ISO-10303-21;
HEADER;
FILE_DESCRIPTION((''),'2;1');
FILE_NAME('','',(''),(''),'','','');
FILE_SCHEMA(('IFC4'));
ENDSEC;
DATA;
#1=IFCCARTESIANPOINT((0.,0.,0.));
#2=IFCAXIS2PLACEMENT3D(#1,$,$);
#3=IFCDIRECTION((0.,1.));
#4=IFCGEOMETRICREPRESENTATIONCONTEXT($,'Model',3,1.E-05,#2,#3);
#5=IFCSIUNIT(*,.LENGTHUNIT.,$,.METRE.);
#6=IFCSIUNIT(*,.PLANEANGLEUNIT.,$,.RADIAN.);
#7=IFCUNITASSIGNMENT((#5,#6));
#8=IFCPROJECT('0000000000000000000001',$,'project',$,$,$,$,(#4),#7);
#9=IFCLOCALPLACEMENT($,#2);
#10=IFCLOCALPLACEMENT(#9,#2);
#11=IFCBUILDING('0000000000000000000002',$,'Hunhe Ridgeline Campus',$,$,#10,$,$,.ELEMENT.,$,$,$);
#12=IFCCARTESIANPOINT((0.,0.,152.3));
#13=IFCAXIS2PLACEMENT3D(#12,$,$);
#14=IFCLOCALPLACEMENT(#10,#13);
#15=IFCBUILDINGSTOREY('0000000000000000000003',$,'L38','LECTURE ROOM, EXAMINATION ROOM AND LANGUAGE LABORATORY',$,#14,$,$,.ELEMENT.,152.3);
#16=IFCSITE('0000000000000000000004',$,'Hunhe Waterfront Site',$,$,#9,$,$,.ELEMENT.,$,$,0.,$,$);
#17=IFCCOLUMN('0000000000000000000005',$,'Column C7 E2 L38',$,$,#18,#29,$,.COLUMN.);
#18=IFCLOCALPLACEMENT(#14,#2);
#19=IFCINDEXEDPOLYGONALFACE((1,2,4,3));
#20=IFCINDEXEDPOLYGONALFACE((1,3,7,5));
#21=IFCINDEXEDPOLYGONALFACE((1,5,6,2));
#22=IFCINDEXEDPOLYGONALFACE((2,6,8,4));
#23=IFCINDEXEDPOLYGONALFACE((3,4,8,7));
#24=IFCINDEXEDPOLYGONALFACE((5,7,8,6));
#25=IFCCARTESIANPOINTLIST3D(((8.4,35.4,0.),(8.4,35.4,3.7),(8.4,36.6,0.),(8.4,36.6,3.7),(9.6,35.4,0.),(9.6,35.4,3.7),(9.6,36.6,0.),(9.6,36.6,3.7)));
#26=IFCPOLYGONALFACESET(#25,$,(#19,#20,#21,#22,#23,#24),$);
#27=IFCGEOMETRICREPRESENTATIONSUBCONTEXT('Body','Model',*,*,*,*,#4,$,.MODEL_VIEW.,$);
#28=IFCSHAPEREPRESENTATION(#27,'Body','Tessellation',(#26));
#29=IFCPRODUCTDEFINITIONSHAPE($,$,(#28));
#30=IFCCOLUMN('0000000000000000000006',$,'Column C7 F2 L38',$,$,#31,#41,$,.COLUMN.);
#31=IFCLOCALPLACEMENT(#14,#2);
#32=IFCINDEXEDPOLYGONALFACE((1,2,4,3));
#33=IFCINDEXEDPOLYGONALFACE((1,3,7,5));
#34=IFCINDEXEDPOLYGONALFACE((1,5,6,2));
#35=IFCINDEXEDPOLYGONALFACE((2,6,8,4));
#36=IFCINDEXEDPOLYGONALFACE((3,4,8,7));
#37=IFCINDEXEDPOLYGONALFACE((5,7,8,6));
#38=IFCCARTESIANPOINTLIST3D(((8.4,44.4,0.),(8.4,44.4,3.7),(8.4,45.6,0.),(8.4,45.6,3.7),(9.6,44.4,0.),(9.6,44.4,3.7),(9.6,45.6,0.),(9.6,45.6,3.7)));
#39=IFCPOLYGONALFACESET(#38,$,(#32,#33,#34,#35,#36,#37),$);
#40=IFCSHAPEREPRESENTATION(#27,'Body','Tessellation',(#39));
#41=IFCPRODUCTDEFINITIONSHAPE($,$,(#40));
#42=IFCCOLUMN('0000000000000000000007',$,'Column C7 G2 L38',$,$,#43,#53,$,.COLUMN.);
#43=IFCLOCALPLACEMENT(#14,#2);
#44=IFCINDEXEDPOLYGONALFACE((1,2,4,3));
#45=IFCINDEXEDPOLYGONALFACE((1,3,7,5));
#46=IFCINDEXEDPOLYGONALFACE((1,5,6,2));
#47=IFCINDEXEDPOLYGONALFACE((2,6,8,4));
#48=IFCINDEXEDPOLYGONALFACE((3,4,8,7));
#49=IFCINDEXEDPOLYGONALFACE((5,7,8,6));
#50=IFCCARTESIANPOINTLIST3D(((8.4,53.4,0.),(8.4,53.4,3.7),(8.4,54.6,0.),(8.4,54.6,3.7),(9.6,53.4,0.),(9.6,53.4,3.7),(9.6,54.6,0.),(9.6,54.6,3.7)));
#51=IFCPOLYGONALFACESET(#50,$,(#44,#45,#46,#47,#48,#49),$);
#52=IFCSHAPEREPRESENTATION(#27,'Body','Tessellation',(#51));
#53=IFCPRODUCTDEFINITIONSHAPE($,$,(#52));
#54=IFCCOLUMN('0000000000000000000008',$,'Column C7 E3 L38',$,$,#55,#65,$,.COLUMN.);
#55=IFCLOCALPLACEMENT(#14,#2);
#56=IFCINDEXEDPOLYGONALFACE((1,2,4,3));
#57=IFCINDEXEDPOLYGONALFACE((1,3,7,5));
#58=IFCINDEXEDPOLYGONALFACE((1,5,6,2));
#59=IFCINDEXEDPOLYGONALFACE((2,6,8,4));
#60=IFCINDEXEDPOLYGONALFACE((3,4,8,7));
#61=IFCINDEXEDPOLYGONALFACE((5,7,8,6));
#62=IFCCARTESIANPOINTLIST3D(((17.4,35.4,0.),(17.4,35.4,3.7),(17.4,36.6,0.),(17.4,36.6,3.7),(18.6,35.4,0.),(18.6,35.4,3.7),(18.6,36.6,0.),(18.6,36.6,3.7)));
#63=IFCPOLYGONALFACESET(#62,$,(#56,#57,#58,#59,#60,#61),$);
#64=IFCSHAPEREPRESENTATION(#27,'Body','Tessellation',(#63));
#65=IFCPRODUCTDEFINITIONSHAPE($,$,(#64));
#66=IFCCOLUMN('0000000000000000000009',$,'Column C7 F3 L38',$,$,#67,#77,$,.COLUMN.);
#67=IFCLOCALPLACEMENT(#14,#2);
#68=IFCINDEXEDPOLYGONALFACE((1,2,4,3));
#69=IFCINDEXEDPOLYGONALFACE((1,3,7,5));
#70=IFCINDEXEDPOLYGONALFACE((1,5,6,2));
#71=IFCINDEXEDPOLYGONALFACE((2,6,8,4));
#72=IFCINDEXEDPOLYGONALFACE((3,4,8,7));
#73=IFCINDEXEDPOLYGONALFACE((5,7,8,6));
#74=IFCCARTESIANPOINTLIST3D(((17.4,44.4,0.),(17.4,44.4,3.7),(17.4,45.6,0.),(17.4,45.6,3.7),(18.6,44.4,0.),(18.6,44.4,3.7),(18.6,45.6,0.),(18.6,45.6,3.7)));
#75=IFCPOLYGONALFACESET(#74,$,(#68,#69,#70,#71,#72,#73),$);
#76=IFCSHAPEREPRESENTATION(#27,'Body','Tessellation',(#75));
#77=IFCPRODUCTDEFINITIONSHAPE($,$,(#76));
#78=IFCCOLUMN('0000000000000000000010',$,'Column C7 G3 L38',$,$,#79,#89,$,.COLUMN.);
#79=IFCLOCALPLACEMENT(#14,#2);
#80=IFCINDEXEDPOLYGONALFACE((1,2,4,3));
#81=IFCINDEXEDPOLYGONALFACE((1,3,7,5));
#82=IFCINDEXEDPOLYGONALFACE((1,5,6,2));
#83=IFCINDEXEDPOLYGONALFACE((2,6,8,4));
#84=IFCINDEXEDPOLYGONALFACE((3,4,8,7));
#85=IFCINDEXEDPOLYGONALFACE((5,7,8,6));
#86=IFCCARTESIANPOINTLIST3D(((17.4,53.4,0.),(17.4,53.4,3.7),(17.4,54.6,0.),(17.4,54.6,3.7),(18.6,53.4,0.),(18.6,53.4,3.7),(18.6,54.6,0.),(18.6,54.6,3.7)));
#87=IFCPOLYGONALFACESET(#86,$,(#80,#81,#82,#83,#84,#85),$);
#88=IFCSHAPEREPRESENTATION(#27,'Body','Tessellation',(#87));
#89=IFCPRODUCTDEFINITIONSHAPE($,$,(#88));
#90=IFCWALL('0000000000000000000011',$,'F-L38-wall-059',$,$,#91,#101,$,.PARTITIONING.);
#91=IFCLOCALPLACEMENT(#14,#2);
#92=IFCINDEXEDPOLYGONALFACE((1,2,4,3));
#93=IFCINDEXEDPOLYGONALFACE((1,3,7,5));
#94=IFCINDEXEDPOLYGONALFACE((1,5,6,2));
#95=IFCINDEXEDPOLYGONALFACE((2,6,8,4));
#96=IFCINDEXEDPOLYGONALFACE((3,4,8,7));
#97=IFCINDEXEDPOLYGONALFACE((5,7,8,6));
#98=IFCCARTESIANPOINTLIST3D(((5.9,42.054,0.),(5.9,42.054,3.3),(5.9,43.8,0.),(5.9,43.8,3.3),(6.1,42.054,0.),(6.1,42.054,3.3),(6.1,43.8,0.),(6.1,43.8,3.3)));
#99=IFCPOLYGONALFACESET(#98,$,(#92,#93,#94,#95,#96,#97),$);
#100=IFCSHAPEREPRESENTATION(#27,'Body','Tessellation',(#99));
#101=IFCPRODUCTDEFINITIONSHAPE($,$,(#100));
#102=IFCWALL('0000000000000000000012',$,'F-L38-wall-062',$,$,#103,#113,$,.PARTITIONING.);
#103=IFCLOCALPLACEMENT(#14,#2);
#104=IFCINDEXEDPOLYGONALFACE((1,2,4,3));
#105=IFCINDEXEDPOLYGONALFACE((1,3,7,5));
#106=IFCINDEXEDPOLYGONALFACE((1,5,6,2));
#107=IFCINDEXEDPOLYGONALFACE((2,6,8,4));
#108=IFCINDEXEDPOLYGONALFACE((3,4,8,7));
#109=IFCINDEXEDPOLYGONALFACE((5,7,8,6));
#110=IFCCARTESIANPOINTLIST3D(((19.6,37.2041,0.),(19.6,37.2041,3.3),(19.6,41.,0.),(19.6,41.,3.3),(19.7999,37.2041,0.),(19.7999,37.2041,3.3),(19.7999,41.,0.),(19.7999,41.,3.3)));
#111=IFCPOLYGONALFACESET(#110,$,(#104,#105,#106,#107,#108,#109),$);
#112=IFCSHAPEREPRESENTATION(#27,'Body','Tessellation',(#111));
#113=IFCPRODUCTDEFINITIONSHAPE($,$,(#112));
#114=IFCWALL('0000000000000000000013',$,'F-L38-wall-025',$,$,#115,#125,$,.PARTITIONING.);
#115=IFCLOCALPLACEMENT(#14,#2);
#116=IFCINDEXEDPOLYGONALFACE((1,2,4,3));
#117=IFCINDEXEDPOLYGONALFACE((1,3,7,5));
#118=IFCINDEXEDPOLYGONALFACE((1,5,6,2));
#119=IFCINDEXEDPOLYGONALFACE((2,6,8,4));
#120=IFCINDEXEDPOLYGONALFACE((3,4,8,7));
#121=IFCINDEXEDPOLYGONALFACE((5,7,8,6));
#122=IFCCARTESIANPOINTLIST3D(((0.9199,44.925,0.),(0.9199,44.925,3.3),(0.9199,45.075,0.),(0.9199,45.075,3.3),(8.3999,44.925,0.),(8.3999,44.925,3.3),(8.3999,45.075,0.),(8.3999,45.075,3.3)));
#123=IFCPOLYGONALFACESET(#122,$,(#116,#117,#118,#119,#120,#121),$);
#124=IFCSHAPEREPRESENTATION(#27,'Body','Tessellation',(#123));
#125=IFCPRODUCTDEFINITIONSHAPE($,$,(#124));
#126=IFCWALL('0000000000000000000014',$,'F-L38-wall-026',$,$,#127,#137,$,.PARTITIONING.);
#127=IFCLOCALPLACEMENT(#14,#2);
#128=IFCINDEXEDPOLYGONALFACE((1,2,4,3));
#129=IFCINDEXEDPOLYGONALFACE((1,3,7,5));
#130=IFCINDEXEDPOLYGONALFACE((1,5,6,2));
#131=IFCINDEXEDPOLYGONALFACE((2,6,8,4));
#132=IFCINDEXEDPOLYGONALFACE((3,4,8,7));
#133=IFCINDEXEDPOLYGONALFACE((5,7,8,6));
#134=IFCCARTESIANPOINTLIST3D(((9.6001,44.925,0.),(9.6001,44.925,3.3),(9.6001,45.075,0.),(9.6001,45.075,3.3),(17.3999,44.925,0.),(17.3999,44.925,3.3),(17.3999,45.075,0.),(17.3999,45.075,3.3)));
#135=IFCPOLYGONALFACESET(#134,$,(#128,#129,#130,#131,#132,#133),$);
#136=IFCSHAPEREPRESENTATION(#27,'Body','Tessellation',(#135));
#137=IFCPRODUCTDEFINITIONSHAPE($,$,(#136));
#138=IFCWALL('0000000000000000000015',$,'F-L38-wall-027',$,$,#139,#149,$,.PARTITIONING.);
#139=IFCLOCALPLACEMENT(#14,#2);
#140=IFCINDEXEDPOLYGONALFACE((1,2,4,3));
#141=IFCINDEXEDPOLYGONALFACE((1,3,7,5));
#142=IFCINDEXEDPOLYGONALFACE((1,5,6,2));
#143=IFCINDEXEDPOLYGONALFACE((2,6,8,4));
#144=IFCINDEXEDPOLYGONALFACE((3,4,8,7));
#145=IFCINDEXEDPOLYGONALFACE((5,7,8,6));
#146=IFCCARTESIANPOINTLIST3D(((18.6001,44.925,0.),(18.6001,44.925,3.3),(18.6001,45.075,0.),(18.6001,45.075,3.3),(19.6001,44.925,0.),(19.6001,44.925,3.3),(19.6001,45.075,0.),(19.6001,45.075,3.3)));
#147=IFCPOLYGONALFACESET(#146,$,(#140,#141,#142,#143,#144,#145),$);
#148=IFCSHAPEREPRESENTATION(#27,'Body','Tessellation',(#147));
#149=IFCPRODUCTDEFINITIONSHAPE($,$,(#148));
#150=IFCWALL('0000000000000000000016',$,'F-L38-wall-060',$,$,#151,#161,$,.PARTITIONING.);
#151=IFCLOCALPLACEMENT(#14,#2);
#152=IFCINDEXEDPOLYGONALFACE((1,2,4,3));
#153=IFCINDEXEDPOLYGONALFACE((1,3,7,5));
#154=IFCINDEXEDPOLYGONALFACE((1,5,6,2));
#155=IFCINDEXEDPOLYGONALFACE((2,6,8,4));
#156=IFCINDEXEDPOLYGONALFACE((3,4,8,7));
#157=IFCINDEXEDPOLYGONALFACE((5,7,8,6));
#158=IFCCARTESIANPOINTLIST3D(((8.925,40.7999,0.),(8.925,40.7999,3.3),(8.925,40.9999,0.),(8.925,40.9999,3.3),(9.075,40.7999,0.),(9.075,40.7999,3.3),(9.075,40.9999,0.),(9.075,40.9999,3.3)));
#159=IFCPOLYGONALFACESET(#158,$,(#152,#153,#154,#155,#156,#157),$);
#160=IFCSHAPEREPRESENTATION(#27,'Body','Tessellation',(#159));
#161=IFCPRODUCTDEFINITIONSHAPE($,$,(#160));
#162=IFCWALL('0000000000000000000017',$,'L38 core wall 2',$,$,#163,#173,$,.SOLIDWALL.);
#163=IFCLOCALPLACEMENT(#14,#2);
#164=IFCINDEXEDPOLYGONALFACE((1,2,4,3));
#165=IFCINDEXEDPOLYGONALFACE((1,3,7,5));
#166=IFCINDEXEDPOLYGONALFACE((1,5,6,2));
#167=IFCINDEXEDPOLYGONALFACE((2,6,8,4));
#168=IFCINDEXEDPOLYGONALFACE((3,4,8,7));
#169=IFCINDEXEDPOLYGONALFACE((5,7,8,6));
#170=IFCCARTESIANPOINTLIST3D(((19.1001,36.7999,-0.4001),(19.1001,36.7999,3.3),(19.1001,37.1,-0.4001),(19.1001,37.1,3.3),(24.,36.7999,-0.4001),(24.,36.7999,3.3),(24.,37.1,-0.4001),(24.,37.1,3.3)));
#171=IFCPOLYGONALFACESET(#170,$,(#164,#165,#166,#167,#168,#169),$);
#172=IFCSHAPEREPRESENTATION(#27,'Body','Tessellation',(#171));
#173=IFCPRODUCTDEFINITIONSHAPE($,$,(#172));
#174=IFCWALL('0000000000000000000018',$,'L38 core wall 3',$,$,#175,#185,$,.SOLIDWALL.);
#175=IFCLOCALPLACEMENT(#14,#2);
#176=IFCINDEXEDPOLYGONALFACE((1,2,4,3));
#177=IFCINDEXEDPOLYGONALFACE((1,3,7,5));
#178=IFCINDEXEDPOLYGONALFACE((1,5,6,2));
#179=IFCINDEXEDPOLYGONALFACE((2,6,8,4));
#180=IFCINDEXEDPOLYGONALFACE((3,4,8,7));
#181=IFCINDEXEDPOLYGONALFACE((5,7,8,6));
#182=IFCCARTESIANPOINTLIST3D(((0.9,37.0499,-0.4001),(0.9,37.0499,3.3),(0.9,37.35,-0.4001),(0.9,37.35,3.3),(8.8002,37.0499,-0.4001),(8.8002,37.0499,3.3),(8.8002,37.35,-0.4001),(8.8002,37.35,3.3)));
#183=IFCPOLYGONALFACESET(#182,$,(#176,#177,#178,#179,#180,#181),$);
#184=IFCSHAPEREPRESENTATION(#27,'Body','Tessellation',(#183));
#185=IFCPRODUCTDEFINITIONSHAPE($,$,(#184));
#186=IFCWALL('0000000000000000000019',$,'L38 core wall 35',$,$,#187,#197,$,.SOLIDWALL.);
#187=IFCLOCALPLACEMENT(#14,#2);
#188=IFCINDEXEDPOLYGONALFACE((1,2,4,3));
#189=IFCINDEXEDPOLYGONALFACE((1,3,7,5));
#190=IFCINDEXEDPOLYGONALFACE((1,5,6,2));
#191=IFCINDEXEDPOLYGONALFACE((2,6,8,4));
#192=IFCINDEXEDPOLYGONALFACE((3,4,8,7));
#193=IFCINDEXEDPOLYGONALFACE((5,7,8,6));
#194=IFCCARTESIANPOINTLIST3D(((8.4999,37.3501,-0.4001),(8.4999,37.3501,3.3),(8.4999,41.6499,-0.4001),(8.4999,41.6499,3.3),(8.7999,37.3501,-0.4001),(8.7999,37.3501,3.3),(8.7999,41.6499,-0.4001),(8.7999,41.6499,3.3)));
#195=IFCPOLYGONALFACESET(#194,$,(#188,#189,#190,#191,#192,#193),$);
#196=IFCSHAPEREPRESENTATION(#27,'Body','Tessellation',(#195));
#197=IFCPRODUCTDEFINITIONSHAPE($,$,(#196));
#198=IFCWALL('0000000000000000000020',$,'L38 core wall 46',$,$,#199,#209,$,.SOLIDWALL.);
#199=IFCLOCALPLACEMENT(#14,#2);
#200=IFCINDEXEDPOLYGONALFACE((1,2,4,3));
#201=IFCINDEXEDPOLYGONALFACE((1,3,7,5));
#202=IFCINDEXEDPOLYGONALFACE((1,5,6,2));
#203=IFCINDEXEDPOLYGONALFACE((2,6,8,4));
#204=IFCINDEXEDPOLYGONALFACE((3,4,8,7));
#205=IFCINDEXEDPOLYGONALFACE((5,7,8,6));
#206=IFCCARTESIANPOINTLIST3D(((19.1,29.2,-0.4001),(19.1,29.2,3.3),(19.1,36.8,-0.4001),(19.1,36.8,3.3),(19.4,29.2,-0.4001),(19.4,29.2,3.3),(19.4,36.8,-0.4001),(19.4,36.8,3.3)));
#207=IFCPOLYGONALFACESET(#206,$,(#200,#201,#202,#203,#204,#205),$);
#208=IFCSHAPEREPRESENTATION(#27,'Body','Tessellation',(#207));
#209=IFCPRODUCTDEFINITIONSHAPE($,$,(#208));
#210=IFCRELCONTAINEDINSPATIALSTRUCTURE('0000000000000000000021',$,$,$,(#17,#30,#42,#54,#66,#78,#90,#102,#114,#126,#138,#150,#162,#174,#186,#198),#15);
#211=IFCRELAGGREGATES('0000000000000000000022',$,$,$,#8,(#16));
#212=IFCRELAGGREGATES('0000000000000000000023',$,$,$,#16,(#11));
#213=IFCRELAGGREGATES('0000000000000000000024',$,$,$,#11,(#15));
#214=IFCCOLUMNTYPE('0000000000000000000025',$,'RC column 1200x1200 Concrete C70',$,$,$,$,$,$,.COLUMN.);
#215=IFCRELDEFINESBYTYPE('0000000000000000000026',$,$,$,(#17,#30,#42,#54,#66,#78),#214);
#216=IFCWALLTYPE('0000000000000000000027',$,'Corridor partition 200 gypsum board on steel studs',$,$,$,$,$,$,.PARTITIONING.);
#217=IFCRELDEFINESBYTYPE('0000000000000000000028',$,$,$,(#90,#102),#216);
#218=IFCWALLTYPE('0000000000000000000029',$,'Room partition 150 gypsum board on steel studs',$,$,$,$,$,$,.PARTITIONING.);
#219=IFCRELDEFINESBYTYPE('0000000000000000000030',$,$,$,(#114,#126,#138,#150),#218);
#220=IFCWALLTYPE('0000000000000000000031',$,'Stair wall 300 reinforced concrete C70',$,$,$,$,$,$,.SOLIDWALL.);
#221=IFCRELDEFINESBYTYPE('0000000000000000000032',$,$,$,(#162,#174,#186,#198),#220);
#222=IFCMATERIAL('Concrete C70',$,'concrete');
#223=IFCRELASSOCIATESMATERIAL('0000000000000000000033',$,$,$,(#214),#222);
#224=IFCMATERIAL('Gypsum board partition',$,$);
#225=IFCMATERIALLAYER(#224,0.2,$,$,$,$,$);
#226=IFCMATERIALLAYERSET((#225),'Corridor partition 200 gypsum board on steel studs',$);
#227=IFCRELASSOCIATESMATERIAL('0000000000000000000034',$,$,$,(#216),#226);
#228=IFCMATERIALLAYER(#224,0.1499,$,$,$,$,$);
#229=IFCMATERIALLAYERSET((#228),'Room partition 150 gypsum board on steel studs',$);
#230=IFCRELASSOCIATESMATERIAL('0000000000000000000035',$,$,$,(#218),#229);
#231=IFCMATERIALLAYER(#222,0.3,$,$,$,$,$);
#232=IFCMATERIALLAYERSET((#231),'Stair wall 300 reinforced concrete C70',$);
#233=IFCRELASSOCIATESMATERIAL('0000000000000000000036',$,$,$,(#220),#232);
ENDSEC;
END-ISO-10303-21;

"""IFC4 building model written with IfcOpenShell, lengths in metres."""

from ifc_helpers import new_model, si_unit, direction, frame, frame_2d, origin, origin_2d, place, context, subcontext, project, spatial, rectangle, extrude, material, layer, layer_set, material_profile, profile_set, type_object, element, save


model = new_model("IFC4")

# Units and contexts
model_context = context("Model", 3, precision=1e-05, world=origin(), true_north=direction((0.0, 1.0)))
body_context = subcontext(model_context, "Body", "Model", "MODEL_VIEW")
ifc_project = project(units=[si_unit("LENGTHUNIT", "METRE"), si_unit("PLANEANGLEUNIT", "RADIAN")], contexts=[model_context])

# Site, building, storey
site_placement = place(None, origin())
site = spatial("IfcSite", under=ifc_project, at=site_placement, Name="Hunhe Waterfront Site", CompositionType="ELEMENT", RefElevation=0.0)
building_placement = place(site_placement, origin())
building = spatial("IfcBuilding", under=site, at=building_placement, Name="Hunhe Ridgeline Campus", CompositionType="ELEMENT")
storey_placement = place(building_placement, frame((0.0, 0.0, 152.3)))
storey = spatial("IfcBuildingStorey", under=building, at=storey_placement, Name="L38", Description="LECTURE ROOM, EXAMINATION ROOM AND LANGUAGE LABORATORY", CompositionType="ELEMENT", Elevation=152.3)

# Columns
ifc_material_1 = material(Name="Concrete C70", Category="concrete")
ifc_material_profile = material_profile(ifc_material_1, rectangle(XDim=1.2, YDim=1.2, at=origin_2d()))
ifc_profile_set = profile_set([ifc_material_profile], Name="Concrete C70")
column_type = type_object("IfcColumnType", Name="RC column 1200x1200 Concrete C70", PredefinedType="COLUMN", material=ifc_profile_set)
for number, where, z_axis, x_axis, name in (
    (1, (9.0, 36.0, 0.0), (0.0, 0.0, 1.0), (1.0, 0.0, 0.0), "Column C7 E2 L38"),
    (2, (9.0, 45.0, 0.0), (0.0, 0.0, 1.0), (1.0, 0.0, 0.0), "Column C7 F2 L38"),
    (3, (9.0, 54.0, 0.0), (0.0, 0.0, 1.0), (1.0, 0.0, 0.0), "Column C7 G2 L38"),
    (4, (18.0, 36.0, 0.0), (0.0, 0.0, 1.0), (1.0, 0.0, 0.0), "Column C7 E3 L38"),
    (5, (18.0, 45.0, 0.0), (0.0, 0.0, 1.0), (1.0, 0.0, 0.0), "Column C7 F3 L38"),
    (6, (18.0, 54.0, 0.0), (0.0, 0.0, 1.0), (1.0, 0.0, 0.0), "Column C7 G3 L38"),
):
    element("IfcColumn", number, at=place(storey_placement, frame(where, z_axis=z_axis, x_axis=x_axis)), inside=storey, type_object=column_type, Name=name, PredefinedType="COLUMN", context=body_context, shape_type="SweptSolid", body=[
        extrude(rectangle(XDim=1.2, YDim=1.2, at=origin_2d()), origin(), (0.0, 0.0, 1.0), 3.7),
    ])

# Shared definitions
ifc_material_2 = material(Name="Gypsum board partition")
ifc_layer_1 = layer(ifc_material_2, 0.2)
ifc_layer_set_1 = layer_set([ifc_layer_1], Name="Corridor partition 200 gypsum board on steel studs")
wall_type_1 = type_object("IfcWallType", Name="Corridor partition 200 gypsum board on steel studs", PredefinedType="PARTITIONING", material=ifc_layer_set_1)

# Walls
wall_1_placement = place(storey_placement, frame((6.0, 42.054, 0.0), z_axis=(0.0, 0.0, 1.0), x_axis=(0.0, 1.0, 0.0)))
element("IfcWall", 7, at=wall_1_placement, inside=storey, type_object=wall_type_1, Name="F-L38-wall-059", PredefinedType="PARTITIONING", context=body_context, shape_type="SweptSolid", body=[
    extrude(rectangle(XDim=1.7461, YDim=0.2, at=frame_2d((0.873, 0.0))), origin(), (0.0, 0.0, 1.0), 3.3),
])
wall_2_placement = place(storey_placement, frame((19.7, 37.2041, 0.0), z_axis=(0.0, 0.0, 1.0), x_axis=(0.0, 1.0, 0.0)))
element("IfcWall", 8, at=wall_2_placement, inside=storey, type_object=wall_type_1, Name="F-L38-wall-062", PredefinedType="PARTITIONING", context=body_context, shape_type="SweptSolid", body=[
    extrude(rectangle(XDim=3.7959, YDim=0.2, at=frame_2d((1.8979, 0.0))), origin(), (0.0, 0.0, 1.0), 3.3),
])

# Walls
ifc_layer_2 = layer(ifc_material_2, 0.1499)
ifc_layer_set_2 = layer_set([ifc_layer_2], Name="Room partition 150 gypsum board on steel studs")
wall_type_2 = type_object("IfcWallType", Name="Room partition 150 gypsum board on steel studs", PredefinedType="PARTITIONING", material=ifc_layer_set_2)
wall_3_placement = place(storey_placement, frame((0.9199, 45.0, 0.0), z_axis=(0.0, 0.0, 1.0), x_axis=(1.0, 0.0, 0.0)))
element("IfcWall", 9, at=wall_3_placement, inside=storey, type_object=wall_type_2, Name="F-L38-wall-025", PredefinedType="PARTITIONING", context=body_context, shape_type="SweptSolid", body=[
    extrude(rectangle(XDim=7.48, YDim=0.1499, at=frame_2d((3.74, 0.0))), origin(), (0.0, 0.0, 1.0), 3.3),
])
wall_4_placement = place(storey_placement, frame((9.6001, 45.0, 0.0), z_axis=(0.0, 0.0, 1.0), x_axis=(1.0, 0.0, 0.0)))
element("IfcWall", 10, at=wall_4_placement, inside=storey, type_object=wall_type_2, Name="F-L38-wall-026", PredefinedType="PARTITIONING", context=body_context, shape_type="SweptSolid", body=[
    extrude(rectangle(XDim=7.7998, YDim=0.1499, at=frame_2d((3.8999, 0.0))), origin(), (0.0, 0.0, 1.0), 3.3),
])
wall_5_placement = place(storey_placement, frame((18.6001, 45.0, 0.0), z_axis=(0.0, 0.0, 1.0), x_axis=(1.0, 0.0, 0.0)))
element("IfcWall", 11, at=wall_5_placement, inside=storey, type_object=wall_type_2, Name="F-L38-wall-027", PredefinedType="PARTITIONING", context=body_context, shape_type="SweptSolid", body=[
    extrude(rectangle(XDim=1.0, YDim=0.1499, at=frame_2d((0.5, 0.0))), origin(), (0.0, 0.0, 1.0), 3.3),
])
wall_6_placement = place(storey_placement, frame((9.0, 41.0, 0.0), z_axis=(0.0, 0.0, 1.0), x_axis=(0.0, -1.0, 0.0)))
element("IfcWall", 12, at=wall_6_placement, inside=storey, type_object=wall_type_2, Name="F-L38-wall-060", PredefinedType="PARTITIONING", context=body_context, shape_type="SweptSolid", body=[
    extrude(rectangle(XDim=0.2, YDim=0.1499, at=frame_2d((0.1001, 0.0))), origin(), (0.0, 0.0, 1.0), 3.3),
])
ifc_layer_3 = layer(ifc_material_1, 0.3)
ifc_layer_set_3 = layer_set([ifc_layer_3], Name="Stair wall 300 reinforced concrete C70")
wall_type_3 = type_object("IfcWallType", Name="Stair wall 300 reinforced concrete C70", PredefinedType="SOLIDWALL", material=ifc_layer_set_3)
wall_7_placement = place(storey_placement, frame((19.1001, 36.95, -0.4001), z_axis=(0.0, 0.0, 1.0), x_axis=(1.0, 0.0, 0.0)))
element("IfcWall", 13, at=wall_7_placement, inside=storey, type_object=wall_type_3, Name="L38 core wall 2", PredefinedType="SOLIDWALL", context=body_context, shape_type="SweptSolid", body=[
    extrude(rectangle(XDim=4.8999, YDim=0.3, at=frame_2d((2.45, 0.0))), origin(), (0.0, 0.0, 1.0), 3.7002),
])
wall_8_placement = place(storey_placement, frame((0.8999, 37.2, -0.4001), z_axis=(0.0, 0.0, 1.0), x_axis=(1.0, 0.0, 0.0)))
element("IfcWall", 14, at=wall_8_placement, inside=storey, type_object=wall_type_3, Name="L38 core wall 3", PredefinedType="SOLIDWALL", context=body_context, shape_type="SweptSolid", body=[
    extrude(rectangle(XDim=7.9001, YDim=0.3, at=frame_2d((3.9502, 0.0))), origin(), (0.0, 0.0, 1.0), 3.7002),
])

# Walls
wall_9_placement = place(storey_placement, frame((8.6499, 37.3501, -0.4001), z_axis=(0.0, 0.0, 1.0), x_axis=(0.0, 1.0, 0.0)))
element("IfcWall", 15, at=wall_9_placement, inside=storey, type_object=wall_type_3, Name="L38 core wall 35", PredefinedType="SOLIDWALL", context=body_context, shape_type="SweptSolid", body=[
    extrude(rectangle(XDim=4.2998, YDim=0.3, at=frame_2d((2.1499, 0.0))), origin(), (0.0, 0.0, 1.0), 3.7002),
])
wall_10_placement = place(storey_placement, frame((19.25, 29.2, -0.4001), z_axis=(0.0, 0.0, 1.0), x_axis=(0.0, 1.0, 0.0)))
element("IfcWall", 16, at=wall_10_placement, inside=storey, type_object=wall_type_3, Name="L38 core wall 46", PredefinedType="SOLIDWALL", context=body_context, shape_type="SweptSolid", body=[
    extrude(rectangle(XDim=7.6001, YDim=0.3, at=frame_2d((3.8, 0.0))), origin(), (0.0, 0.0, 1.0), 3.7002),
])

save(model, "model.ifc")
